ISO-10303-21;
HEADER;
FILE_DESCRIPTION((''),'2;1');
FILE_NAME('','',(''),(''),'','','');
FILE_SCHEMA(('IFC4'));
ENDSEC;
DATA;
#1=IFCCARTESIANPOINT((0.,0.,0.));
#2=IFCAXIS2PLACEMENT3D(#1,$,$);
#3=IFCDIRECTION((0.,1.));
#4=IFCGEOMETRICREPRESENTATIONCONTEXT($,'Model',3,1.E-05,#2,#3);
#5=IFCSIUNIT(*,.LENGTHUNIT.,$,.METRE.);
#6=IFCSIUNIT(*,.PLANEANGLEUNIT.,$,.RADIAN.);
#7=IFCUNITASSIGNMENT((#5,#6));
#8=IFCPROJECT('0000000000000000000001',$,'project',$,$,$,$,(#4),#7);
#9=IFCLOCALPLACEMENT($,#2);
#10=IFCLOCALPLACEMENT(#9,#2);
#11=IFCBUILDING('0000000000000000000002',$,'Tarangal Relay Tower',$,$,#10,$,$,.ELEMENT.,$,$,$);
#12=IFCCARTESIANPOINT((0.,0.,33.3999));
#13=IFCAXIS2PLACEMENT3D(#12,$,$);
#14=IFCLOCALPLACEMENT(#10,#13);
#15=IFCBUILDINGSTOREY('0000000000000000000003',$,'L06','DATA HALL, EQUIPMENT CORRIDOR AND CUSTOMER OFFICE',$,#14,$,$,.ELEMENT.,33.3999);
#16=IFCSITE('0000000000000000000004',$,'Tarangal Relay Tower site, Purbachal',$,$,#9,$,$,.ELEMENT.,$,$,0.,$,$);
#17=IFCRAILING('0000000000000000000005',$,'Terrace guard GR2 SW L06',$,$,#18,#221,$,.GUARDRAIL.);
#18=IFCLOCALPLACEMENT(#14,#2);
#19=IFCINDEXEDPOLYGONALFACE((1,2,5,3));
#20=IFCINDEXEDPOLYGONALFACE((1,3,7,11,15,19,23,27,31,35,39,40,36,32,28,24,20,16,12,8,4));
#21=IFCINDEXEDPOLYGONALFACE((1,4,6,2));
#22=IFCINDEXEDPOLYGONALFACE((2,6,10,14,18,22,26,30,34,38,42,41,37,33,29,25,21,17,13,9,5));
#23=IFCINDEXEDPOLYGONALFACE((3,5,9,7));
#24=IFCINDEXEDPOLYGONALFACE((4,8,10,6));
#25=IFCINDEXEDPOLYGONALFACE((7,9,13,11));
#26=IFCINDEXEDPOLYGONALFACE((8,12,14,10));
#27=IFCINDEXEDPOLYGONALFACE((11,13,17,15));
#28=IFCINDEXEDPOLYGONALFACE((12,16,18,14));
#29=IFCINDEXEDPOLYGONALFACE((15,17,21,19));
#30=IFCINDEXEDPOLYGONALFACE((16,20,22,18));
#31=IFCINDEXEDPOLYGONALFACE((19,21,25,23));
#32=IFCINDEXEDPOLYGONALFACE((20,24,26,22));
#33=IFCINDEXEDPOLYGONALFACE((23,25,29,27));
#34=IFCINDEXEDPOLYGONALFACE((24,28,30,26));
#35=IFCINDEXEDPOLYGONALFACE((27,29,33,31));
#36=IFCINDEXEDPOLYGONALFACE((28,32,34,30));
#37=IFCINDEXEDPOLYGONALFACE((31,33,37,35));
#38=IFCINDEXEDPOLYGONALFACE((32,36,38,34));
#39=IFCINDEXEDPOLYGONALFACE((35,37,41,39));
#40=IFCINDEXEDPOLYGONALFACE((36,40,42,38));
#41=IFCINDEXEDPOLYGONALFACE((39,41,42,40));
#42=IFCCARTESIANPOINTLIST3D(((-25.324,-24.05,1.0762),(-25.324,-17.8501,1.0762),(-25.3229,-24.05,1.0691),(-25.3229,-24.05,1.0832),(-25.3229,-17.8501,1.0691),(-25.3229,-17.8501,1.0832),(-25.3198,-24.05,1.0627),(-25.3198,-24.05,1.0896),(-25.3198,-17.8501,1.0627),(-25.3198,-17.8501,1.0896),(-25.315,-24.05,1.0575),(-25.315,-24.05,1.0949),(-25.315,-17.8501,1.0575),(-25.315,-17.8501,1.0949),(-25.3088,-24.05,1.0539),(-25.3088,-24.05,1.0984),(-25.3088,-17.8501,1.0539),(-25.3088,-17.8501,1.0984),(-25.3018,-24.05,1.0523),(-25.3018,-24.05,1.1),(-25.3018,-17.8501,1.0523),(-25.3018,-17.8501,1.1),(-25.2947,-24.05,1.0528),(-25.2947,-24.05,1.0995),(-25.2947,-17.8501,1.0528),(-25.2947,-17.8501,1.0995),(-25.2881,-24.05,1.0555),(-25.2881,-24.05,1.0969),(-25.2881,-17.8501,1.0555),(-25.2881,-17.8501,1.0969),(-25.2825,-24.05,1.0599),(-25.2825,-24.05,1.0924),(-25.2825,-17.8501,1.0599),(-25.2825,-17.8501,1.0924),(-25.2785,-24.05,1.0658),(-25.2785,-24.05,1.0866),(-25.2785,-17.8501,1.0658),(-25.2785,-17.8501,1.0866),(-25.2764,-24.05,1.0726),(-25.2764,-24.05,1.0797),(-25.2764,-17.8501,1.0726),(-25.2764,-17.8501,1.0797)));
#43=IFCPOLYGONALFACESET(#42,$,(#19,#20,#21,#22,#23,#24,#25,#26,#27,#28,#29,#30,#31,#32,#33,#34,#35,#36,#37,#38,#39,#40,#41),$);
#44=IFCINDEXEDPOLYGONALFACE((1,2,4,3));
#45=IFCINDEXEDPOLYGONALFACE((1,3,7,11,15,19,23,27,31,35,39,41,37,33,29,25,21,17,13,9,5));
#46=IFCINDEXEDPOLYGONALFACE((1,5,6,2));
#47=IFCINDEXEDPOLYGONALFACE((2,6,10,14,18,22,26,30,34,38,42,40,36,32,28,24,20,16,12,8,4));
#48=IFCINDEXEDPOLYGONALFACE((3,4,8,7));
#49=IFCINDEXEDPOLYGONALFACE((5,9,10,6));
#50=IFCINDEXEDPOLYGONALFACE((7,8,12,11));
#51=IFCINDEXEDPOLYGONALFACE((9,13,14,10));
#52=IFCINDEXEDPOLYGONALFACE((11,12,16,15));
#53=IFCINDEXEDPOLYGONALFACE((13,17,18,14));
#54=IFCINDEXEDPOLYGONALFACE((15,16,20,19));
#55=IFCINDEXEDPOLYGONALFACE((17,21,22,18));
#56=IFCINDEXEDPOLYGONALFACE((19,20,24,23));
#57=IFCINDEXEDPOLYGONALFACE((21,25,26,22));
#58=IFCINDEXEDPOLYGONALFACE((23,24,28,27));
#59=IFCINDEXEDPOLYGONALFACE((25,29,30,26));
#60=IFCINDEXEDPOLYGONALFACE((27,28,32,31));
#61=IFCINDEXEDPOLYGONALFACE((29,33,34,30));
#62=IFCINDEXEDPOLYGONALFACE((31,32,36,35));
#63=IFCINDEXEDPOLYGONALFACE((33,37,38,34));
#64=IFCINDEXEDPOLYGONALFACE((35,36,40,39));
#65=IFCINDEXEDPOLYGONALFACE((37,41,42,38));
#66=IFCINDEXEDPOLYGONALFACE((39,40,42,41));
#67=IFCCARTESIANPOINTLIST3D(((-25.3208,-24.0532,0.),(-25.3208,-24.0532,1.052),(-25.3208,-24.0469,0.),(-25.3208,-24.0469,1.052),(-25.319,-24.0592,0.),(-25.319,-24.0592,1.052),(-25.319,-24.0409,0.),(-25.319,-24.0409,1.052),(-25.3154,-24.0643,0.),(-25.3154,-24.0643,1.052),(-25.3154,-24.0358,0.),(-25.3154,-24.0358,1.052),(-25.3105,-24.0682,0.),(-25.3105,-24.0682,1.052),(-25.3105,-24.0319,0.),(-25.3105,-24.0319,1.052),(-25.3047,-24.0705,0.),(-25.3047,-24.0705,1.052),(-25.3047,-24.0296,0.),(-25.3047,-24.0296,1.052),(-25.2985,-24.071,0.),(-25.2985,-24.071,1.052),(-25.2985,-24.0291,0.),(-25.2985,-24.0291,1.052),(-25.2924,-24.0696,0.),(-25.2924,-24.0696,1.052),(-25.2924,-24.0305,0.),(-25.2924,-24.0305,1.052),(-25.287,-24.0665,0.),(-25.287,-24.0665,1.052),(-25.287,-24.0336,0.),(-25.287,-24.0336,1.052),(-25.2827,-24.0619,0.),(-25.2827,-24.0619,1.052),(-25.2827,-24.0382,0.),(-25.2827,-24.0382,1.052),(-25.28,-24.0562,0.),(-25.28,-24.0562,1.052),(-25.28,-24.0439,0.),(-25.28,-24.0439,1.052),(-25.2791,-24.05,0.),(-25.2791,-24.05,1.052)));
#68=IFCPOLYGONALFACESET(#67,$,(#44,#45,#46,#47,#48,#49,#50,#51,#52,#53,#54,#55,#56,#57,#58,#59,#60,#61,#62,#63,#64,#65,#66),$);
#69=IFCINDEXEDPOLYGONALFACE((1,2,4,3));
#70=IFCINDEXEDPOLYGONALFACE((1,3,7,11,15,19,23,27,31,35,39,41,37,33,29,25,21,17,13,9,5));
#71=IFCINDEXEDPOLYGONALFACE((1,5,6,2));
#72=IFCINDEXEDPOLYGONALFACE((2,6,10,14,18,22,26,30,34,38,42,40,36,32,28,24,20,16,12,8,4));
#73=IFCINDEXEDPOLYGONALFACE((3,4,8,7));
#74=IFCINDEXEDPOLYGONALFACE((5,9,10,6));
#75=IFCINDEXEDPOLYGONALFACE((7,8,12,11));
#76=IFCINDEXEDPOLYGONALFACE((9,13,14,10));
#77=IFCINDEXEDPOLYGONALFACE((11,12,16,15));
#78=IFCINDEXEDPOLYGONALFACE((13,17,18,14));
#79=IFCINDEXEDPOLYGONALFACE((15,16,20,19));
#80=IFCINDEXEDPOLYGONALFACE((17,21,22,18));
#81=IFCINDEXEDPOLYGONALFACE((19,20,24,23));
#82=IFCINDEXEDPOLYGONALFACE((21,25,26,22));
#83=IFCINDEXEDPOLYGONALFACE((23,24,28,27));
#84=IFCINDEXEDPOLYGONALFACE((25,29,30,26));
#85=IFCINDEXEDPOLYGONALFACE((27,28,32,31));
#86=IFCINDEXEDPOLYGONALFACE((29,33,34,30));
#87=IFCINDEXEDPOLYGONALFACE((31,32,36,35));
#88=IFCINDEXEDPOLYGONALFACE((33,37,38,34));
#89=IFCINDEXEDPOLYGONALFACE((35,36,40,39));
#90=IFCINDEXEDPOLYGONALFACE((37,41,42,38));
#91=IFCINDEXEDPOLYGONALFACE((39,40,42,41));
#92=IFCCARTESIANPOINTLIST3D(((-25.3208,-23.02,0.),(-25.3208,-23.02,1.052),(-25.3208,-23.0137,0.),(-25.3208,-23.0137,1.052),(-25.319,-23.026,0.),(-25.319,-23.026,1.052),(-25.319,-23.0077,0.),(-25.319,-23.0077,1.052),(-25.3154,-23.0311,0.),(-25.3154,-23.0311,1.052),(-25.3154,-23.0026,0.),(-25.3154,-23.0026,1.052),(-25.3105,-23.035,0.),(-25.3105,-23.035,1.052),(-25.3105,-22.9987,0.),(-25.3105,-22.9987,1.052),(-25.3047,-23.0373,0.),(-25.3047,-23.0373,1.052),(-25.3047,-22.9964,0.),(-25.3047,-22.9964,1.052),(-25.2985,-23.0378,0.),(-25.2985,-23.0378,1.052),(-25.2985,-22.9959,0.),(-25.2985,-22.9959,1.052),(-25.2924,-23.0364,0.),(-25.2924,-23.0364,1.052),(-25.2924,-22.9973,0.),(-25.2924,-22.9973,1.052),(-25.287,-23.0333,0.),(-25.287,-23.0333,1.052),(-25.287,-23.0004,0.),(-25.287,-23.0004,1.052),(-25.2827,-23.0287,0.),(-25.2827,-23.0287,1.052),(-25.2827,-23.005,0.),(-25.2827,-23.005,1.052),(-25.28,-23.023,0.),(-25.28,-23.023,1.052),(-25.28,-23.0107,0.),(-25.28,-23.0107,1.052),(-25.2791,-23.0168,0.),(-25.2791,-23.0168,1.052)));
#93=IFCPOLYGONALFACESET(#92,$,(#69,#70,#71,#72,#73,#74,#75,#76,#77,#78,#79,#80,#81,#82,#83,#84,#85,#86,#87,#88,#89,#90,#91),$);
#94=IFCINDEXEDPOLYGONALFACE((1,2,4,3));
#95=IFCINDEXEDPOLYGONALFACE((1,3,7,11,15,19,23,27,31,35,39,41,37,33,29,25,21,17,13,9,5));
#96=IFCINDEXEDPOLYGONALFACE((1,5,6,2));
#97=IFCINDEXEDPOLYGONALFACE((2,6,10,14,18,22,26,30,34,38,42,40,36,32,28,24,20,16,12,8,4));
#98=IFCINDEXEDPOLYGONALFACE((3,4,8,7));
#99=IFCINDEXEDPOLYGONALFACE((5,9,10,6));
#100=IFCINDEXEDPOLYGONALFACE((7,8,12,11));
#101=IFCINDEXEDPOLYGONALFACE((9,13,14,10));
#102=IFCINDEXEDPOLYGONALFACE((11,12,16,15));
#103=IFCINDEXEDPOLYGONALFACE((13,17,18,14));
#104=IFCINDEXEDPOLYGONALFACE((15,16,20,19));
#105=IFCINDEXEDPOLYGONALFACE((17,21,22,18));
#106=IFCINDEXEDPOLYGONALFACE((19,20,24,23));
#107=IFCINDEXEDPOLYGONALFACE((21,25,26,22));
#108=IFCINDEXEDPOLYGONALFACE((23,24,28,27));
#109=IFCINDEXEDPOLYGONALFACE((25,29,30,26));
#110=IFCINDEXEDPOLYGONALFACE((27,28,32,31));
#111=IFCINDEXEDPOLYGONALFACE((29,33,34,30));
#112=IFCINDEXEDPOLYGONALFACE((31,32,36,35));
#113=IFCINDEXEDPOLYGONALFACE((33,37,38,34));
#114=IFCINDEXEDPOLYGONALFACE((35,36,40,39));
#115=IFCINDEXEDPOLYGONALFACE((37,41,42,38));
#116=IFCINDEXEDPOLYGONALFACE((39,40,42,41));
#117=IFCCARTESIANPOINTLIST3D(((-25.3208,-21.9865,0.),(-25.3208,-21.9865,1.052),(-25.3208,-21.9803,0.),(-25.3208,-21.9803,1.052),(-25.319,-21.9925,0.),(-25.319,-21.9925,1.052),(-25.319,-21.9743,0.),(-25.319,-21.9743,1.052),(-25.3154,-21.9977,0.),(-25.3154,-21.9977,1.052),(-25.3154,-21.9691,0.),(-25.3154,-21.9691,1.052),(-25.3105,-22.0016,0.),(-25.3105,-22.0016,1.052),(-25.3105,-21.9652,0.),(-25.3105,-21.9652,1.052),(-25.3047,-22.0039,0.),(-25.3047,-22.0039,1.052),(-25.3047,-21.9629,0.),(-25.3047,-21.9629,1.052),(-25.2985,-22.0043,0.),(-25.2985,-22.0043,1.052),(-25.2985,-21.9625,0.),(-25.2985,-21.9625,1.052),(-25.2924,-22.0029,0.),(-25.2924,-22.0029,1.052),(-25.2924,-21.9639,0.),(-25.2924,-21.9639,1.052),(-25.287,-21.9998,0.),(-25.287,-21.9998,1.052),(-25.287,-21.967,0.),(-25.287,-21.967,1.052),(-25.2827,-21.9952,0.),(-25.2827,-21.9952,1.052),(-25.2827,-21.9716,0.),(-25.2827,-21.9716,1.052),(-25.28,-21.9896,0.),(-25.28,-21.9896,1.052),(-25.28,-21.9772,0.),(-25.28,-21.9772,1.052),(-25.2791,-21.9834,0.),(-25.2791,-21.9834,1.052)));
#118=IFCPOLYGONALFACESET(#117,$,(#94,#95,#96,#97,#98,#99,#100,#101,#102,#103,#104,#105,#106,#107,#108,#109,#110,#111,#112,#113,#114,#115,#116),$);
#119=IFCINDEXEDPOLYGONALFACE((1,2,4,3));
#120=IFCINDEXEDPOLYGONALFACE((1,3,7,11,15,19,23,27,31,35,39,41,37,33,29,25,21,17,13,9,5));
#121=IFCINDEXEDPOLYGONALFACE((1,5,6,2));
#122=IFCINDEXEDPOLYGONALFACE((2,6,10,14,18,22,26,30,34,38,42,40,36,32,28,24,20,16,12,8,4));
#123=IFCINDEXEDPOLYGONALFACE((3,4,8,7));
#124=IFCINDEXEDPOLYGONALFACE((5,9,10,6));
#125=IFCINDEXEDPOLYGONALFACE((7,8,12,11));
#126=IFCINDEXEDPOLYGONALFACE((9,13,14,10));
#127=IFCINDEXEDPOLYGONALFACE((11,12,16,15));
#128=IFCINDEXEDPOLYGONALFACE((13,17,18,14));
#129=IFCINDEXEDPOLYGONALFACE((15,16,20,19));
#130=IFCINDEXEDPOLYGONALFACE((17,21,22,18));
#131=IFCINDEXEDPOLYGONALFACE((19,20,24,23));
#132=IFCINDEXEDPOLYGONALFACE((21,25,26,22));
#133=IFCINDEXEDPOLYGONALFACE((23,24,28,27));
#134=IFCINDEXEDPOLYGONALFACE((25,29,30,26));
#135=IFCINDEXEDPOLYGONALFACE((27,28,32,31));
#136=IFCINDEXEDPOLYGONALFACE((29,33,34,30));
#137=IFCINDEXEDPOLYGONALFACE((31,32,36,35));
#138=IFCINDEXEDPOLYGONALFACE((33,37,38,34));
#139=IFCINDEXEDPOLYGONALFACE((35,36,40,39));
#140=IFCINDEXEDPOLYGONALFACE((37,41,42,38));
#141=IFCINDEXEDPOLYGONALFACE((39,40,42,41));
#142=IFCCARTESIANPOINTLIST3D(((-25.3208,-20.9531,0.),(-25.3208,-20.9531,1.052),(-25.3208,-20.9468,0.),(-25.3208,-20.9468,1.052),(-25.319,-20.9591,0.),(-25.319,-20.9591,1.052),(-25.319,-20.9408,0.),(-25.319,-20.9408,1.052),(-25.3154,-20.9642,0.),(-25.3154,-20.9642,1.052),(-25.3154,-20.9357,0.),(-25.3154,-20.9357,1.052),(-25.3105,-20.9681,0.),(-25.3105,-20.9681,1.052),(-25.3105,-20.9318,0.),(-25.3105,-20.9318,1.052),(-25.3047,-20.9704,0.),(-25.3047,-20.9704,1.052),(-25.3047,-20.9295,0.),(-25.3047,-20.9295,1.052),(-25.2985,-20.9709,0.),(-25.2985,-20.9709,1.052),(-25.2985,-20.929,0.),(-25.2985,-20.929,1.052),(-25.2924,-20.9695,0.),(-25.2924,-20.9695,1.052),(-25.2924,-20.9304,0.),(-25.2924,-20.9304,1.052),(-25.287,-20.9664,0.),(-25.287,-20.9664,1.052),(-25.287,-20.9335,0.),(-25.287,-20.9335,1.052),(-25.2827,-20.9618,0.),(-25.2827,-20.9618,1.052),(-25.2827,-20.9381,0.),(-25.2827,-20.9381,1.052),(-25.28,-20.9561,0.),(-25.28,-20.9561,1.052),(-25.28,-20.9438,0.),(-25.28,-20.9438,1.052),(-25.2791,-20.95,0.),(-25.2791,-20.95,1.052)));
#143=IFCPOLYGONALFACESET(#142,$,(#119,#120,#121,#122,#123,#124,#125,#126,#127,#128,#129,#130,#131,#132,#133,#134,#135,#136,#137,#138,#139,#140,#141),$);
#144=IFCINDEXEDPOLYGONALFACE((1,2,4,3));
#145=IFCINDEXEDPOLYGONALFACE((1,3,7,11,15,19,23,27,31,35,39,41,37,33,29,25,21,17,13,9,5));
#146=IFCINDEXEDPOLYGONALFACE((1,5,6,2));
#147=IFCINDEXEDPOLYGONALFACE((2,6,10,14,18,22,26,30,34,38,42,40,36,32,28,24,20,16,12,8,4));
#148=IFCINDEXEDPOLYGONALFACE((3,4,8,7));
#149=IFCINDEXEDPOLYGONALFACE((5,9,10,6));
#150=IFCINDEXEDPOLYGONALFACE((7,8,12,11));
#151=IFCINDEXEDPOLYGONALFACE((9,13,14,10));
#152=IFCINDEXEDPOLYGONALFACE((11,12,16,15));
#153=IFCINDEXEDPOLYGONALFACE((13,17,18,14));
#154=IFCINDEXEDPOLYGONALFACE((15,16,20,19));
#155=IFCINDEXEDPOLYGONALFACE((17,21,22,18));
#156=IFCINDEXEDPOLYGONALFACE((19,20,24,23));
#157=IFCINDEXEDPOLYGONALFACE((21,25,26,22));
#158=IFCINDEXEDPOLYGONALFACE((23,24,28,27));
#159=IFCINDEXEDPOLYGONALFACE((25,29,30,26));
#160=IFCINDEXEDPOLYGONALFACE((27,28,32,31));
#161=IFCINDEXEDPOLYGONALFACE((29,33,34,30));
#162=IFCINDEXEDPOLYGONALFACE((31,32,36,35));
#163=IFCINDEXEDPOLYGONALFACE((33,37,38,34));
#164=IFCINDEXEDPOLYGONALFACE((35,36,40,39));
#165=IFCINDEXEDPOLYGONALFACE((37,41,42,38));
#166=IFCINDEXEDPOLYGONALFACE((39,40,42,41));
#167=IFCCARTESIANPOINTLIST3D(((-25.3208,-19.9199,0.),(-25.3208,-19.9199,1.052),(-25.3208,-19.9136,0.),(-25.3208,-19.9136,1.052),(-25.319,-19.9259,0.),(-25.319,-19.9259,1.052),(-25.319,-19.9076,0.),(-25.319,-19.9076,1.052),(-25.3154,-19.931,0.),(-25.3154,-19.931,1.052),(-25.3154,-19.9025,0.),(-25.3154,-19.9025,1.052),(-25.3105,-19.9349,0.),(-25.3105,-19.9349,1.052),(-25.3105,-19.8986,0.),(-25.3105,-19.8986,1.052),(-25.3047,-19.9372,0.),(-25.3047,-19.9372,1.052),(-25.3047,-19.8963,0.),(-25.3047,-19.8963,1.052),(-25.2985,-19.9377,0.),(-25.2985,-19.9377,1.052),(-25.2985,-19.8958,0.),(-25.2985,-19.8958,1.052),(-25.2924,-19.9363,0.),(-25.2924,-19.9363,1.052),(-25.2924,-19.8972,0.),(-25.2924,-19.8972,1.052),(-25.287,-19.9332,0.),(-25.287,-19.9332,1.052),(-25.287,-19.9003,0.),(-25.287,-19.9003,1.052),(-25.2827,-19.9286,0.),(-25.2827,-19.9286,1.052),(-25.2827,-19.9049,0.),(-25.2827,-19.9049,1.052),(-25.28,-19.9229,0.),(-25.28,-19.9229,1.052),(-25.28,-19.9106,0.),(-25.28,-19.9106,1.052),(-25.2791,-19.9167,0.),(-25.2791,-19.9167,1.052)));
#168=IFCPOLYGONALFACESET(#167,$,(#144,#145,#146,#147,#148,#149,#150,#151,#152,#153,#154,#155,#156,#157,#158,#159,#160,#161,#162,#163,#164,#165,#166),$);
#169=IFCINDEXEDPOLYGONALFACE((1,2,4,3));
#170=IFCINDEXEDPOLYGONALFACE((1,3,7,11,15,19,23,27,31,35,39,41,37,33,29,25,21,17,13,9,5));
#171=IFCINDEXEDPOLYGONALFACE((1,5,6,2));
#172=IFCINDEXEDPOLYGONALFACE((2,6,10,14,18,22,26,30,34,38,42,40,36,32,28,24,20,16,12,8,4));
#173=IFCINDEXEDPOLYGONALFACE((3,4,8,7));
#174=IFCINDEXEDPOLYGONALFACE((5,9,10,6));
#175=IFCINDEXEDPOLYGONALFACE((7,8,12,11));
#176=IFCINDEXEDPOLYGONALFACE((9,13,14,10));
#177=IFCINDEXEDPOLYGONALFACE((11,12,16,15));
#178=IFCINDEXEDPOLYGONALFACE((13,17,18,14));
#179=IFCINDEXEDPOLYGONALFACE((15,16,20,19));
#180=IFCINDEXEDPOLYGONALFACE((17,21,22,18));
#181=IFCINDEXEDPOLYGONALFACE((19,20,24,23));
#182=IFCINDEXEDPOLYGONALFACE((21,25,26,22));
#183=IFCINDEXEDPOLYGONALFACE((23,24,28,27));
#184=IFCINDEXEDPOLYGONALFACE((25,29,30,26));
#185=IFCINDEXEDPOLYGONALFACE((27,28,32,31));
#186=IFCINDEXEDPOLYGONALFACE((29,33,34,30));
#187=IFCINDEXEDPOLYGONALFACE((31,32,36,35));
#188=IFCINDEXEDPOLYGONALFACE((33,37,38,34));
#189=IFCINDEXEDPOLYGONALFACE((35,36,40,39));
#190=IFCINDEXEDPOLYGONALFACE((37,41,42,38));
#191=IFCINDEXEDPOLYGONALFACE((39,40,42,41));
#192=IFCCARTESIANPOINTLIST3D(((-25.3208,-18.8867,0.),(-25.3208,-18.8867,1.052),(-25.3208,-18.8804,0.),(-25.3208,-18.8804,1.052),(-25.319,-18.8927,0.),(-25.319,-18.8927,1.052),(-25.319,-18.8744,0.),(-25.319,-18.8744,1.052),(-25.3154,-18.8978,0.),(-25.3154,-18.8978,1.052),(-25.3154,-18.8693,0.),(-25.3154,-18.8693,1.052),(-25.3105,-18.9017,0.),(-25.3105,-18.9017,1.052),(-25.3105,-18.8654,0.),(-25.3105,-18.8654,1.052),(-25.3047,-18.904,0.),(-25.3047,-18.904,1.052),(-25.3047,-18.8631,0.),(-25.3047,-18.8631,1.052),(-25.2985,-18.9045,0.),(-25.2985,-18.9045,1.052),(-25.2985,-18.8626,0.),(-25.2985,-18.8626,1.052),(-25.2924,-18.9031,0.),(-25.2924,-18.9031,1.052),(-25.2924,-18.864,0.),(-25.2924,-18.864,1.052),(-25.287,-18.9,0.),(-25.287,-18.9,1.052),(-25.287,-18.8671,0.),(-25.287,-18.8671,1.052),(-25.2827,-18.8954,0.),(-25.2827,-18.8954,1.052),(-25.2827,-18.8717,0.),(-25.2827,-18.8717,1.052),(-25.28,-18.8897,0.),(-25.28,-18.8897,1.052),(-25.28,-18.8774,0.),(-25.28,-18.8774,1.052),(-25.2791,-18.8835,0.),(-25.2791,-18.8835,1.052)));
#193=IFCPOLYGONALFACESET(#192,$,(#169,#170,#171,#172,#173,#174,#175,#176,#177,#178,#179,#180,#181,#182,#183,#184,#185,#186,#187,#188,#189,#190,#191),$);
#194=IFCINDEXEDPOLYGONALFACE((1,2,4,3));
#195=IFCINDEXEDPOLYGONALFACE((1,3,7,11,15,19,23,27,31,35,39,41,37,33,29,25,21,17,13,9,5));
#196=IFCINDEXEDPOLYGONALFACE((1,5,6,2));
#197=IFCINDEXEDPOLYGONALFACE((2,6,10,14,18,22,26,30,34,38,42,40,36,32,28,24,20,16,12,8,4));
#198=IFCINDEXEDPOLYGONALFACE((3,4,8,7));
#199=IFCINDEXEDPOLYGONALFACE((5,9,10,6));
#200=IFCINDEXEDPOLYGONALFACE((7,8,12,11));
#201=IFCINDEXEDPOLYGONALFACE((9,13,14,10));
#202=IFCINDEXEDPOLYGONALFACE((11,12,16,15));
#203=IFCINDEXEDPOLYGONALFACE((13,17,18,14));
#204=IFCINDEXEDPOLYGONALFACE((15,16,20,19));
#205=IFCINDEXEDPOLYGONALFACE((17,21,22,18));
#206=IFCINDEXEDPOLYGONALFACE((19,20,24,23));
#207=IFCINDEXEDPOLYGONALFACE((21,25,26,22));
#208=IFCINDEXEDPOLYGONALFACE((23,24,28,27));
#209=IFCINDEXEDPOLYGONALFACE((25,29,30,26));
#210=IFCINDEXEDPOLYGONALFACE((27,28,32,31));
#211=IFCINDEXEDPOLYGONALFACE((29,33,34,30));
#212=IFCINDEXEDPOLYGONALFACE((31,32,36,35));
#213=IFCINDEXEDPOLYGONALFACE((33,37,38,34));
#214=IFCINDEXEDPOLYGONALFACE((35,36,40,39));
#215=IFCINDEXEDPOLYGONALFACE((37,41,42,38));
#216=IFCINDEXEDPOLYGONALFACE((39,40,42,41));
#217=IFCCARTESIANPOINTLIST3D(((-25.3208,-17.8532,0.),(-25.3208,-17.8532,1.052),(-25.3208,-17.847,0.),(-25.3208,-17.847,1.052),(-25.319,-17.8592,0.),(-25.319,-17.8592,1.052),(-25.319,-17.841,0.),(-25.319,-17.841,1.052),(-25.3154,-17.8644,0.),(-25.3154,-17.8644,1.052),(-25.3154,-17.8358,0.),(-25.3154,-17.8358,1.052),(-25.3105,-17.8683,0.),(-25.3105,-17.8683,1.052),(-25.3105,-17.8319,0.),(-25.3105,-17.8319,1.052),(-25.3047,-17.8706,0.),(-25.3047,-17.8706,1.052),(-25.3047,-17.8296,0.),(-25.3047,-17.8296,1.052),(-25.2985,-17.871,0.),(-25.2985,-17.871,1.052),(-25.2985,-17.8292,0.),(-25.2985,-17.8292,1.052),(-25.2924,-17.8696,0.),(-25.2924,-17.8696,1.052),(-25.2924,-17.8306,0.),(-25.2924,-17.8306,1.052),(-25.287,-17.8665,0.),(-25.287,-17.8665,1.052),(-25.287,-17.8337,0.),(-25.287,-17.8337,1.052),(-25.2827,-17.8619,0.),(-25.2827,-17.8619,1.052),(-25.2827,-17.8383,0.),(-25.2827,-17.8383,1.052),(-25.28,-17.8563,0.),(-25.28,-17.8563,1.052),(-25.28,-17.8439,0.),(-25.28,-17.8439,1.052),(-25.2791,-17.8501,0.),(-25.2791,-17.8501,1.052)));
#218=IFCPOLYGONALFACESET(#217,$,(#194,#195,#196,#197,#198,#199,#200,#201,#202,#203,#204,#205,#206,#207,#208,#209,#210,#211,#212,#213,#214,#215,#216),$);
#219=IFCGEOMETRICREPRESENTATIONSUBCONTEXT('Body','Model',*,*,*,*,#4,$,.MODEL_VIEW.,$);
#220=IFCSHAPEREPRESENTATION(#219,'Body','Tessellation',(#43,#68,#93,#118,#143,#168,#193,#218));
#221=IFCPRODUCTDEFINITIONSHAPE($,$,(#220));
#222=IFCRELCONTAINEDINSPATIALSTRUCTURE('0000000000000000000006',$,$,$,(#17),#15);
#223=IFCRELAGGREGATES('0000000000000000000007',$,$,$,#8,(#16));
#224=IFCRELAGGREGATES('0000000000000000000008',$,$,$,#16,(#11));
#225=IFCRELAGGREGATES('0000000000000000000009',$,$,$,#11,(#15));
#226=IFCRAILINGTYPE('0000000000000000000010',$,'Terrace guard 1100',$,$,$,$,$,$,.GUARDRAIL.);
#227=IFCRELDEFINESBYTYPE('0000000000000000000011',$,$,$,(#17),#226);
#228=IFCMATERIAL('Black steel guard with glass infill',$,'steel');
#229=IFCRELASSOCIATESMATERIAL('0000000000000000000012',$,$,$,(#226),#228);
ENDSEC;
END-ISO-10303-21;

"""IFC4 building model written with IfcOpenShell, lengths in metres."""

from ifc_helpers import new_model, si_unit, direction, frame, origin, origin_2d, place, context, subcontext, project, spatial, circle, extrude, material, type_object, element, save


model = new_model("IFC4")

# Units and contexts
model_context = context("Model", 3, precision=1e-05, world=origin(), true_north=direction((0.0, 1.0)))
body_context = subcontext(model_context, "Body", "Model", "MODEL_VIEW")
ifc_project = project(units=[si_unit("LENGTHUNIT", "METRE"), si_unit("PLANEANGLEUNIT", "RADIAN")], contexts=[model_context])

# Site, building, storey
site_placement = place(None, origin())
site = spatial("IfcSite", under=ifc_project, at=site_placement, Name="Tarangal Relay Tower site, Purbachal", CompositionType="ELEMENT", RefElevation=0.0)
building_placement = place(site_placement, origin())
building = spatial("IfcBuilding", under=site, at=building_placement, Name="Tarangal Relay Tower", CompositionType="ELEMENT")
storey_placement = place(building_placement, frame((0.0, 0.0, 33.3999)))
storey = spatial("IfcBuildingStorey", under=building, at=storey_placement, Name="L06", Description="DATA HALL, EQUIPMENT CORRIDOR AND CUSTOMER OFFICE", CompositionType="ELEMENT", Elevation=33.3999)

# Railing
ifc_material_1 = material(Name="Black steel guard with glass infill", Category="steel")
railing_type = type_object("IfcRailingType", Name="Terrace guard 1100", PredefinedType="GUARDRAIL", material=ifc_material_1)
railing_1_placement = place(storey_placement, frame((-25.3, -24.05, 0.0)))
element("IfcRailing", 1, at=railing_1_placement, inside=storey, type_object=railing_type, Name="Terrace guard GR2 SW L06", PredefinedType="GUARDRAIL", context=body_context, shape_type="SweptSolid", body=[
    extrude(circle(Radius=0.0239, at=origin_2d()), frame((0.0, 0.0, 1.0762), z_axis=(0.0, 1.0, 0.0), x_axis=(-1.0, 0.0, 0.0)), (0.0, 0.0, 1.0), 6.2),
    extrude(circle(Radius=0.021, at=origin_2d()), origin(), (0.0, 0.0, 1.0), 1.052),
    extrude(circle(Radius=0.021, at=origin_2d()), frame((0.0, 1.0332, 0.0)), (0.0, 0.0, 1.0), 1.052),
    extrude(circle(Radius=0.021, at=origin_2d()), frame((0.0, 2.0667, 0.0)), (0.0, 0.0, 1.0), 1.052),
    extrude(circle(Radius=0.021, at=origin_2d()), frame((0.0, 3.1001, 0.0)), (0.0, 0.0, 1.0), 1.052),
    extrude(circle(Radius=0.021, at=origin_2d()), frame((0.0, 4.1333, 0.0)), (0.0, 0.0, 1.0), 1.052),
    extrude(circle(Radius=0.021, at=origin_2d()), frame((0.0, 5.1665, 0.0)), (0.0, 0.0, 1.0), 1.052),
    extrude(circle(Radius=0.021, at=origin_2d()), frame((0.0, 6.2, 0.0)), (0.0, 0.0, 1.0), 1.052),
])

save(model, "model.ifc")
